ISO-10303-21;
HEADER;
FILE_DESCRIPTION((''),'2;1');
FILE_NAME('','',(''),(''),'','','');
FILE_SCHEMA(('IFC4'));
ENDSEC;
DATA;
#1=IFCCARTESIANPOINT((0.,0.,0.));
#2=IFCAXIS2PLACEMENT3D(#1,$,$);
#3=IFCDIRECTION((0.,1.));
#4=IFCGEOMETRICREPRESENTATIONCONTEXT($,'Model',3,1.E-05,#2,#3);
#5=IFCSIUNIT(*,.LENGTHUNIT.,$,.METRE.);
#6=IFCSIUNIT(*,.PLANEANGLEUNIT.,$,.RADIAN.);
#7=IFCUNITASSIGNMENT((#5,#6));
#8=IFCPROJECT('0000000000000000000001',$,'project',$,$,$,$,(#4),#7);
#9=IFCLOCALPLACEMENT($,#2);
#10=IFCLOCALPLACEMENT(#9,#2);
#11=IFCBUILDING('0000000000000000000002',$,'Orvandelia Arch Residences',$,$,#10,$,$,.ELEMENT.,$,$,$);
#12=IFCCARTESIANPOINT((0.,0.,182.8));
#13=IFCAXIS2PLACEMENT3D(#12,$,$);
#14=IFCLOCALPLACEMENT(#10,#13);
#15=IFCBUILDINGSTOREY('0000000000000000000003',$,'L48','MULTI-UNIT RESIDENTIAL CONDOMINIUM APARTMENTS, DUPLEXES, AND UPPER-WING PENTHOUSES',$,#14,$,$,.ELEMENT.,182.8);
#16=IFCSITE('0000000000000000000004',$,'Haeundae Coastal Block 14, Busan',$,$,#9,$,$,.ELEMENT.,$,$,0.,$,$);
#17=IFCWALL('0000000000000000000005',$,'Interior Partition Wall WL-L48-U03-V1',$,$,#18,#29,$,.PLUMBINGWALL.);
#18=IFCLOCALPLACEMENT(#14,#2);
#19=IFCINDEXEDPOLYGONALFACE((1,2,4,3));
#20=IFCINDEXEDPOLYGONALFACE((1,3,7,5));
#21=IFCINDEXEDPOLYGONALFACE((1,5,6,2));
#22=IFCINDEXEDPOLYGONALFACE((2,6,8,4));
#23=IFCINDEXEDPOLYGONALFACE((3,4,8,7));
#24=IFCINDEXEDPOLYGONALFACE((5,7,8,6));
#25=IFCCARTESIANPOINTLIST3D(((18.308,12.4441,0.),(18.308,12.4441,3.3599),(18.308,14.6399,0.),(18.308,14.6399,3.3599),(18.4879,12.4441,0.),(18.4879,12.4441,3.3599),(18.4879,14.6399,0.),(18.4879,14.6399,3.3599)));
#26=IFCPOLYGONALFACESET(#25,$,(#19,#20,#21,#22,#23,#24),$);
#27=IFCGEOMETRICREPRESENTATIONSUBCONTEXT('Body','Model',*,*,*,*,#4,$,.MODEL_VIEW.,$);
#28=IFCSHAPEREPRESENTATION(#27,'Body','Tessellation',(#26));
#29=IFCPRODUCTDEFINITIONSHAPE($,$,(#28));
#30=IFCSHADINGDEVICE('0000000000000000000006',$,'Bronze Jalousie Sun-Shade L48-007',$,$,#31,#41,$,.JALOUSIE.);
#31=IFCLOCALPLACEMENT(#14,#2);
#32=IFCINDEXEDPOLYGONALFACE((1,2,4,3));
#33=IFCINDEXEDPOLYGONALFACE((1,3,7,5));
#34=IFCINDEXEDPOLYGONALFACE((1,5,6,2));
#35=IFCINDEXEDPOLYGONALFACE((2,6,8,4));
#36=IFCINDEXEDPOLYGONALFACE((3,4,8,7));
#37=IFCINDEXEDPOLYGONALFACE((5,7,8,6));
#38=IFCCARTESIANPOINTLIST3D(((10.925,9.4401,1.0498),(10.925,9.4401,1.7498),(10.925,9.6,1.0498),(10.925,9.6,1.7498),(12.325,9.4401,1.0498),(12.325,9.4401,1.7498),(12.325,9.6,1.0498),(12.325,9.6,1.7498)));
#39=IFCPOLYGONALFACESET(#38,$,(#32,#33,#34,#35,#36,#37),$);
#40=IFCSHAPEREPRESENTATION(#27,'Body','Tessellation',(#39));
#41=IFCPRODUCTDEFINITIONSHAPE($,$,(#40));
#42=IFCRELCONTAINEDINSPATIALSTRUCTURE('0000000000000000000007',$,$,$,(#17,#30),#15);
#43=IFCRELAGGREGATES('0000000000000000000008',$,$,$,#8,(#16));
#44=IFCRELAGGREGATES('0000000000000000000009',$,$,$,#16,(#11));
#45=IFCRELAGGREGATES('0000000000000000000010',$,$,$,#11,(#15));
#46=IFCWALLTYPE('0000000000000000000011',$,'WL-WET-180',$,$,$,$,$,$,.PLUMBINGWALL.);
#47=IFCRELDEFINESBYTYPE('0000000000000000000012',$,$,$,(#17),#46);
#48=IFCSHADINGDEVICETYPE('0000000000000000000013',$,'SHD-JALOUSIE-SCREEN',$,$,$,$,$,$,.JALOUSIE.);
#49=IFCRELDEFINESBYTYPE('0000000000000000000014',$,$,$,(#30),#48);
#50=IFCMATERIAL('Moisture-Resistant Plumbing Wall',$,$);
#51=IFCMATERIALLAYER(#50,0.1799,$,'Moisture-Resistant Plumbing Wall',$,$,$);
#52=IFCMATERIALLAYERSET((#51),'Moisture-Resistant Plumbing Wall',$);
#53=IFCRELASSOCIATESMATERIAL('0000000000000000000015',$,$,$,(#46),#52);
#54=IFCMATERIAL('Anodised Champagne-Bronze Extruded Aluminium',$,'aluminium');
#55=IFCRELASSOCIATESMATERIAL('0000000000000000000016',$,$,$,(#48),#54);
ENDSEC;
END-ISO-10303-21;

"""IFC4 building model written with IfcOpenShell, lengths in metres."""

from ifc_helpers import new_model, si_unit, direction, frame, frame_2d, origin, origin_2d, place, context, subcontext, project, spatial, rectangle, extrude, material, layer, layer_set, type_object, element, save


model = new_model("IFC4")

# Units and contexts
model_context = context("Model", 3, precision=1e-05, world=origin(), true_north=direction((0.0, 1.0)))
body_context = subcontext(model_context, "Body", "Model", "MODEL_VIEW")
ifc_project = project(units=[si_unit("LENGTHUNIT", "METRE"), si_unit("PLANEANGLEUNIT", "RADIAN")], contexts=[model_context])

# Site, building, storey
site_placement = place(None, origin())
site = spatial("IfcSite", under=ifc_project, at=site_placement, Name="Haeundae Coastal Block 14, Busan", CompositionType="ELEMENT", RefElevation=0.0)
building_placement = place(site_placement, origin())
building = spatial("IfcBuilding", under=site, at=building_placement, Name="Orvandelia Arch Residences", CompositionType="ELEMENT")
storey_placement = place(building_placement, frame((0.0, 0.0, 182.8)))
storey = spatial("IfcBuildingStorey", under=building, at=storey_placement, Name="L48", Description="MULTI-UNIT RESIDENTIAL CONDOMINIUM APARTMENTS, DUPLEXES, AND UPPER-WING PENTHOUSES", CompositionType="ELEMENT", Elevation=182.8)

# Shared definitions
ifc_material_1 = material(Name="Moisture-Resistant Plumbing Wall")
ifc_layer_1 = layer(ifc_material_1, 0.1799, Name="Moisture-Resistant Plumbing Wall")
ifc_layer_set_1 = layer_set([ifc_layer_1], Name="Moisture-Resistant Plumbing Wall")
wall_type_1 = type_object("IfcWallType", Name="WL-WET-180", PredefinedType="PLUMBINGWALL", material=ifc_layer_set_1)

# Wall
wall_1_placement = place(storey_placement, frame((18.3979, 12.4441, 0.0), z_axis=(0.0, 0.0, 1.0), x_axis=(0.0, 1.0, 0.0)))
element("IfcWall", 1, at=wall_1_placement, inside=storey, type_object=wall_type_1, Name="Interior Partition Wall WL-L48-U03-V1", PredefinedType="PLUMBINGWALL", context=body_context, shape_type="SweptSolid", body=[
    extrude(rectangle(XDim=2.1958, YDim=0.1799, at=frame_2d((1.0979, 0.0))), origin(), (0.0, 0.0, 1.0), 3.3599),
])

# Shading device
ifc_material_2 = material(Name="Anodised Champagne-Bronze Extruded Aluminium", Category="aluminium")
shading_device_type = type_object("IfcShadingDeviceType", Name="SHD-JALOUSIE-SCREEN", PredefinedType="JALOUSIE", material=ifc_material_2)
shading_device_placement = place(storey_placement, frame((11.625, 9.52, 1.0498), z_axis=(0.0, 0.0, 1.0), x_axis=(-1.0, 0.0, 0.0)))
element("IfcShadingDevice", 2, at=shading_device_placement, inside=storey, type_object=shading_device_type, Name="Bronze Jalousie Sun-Shade L48-007", PredefinedType="JALOUSIE", context=body_context, shape_type="SweptSolid", body=[
    extrude(rectangle(XDim=1.3999, YDim=0.1599, at=origin_2d()), origin(), (0.0, 0.0, 1.0), 0.7),
])

save(model, "model.ifc")
